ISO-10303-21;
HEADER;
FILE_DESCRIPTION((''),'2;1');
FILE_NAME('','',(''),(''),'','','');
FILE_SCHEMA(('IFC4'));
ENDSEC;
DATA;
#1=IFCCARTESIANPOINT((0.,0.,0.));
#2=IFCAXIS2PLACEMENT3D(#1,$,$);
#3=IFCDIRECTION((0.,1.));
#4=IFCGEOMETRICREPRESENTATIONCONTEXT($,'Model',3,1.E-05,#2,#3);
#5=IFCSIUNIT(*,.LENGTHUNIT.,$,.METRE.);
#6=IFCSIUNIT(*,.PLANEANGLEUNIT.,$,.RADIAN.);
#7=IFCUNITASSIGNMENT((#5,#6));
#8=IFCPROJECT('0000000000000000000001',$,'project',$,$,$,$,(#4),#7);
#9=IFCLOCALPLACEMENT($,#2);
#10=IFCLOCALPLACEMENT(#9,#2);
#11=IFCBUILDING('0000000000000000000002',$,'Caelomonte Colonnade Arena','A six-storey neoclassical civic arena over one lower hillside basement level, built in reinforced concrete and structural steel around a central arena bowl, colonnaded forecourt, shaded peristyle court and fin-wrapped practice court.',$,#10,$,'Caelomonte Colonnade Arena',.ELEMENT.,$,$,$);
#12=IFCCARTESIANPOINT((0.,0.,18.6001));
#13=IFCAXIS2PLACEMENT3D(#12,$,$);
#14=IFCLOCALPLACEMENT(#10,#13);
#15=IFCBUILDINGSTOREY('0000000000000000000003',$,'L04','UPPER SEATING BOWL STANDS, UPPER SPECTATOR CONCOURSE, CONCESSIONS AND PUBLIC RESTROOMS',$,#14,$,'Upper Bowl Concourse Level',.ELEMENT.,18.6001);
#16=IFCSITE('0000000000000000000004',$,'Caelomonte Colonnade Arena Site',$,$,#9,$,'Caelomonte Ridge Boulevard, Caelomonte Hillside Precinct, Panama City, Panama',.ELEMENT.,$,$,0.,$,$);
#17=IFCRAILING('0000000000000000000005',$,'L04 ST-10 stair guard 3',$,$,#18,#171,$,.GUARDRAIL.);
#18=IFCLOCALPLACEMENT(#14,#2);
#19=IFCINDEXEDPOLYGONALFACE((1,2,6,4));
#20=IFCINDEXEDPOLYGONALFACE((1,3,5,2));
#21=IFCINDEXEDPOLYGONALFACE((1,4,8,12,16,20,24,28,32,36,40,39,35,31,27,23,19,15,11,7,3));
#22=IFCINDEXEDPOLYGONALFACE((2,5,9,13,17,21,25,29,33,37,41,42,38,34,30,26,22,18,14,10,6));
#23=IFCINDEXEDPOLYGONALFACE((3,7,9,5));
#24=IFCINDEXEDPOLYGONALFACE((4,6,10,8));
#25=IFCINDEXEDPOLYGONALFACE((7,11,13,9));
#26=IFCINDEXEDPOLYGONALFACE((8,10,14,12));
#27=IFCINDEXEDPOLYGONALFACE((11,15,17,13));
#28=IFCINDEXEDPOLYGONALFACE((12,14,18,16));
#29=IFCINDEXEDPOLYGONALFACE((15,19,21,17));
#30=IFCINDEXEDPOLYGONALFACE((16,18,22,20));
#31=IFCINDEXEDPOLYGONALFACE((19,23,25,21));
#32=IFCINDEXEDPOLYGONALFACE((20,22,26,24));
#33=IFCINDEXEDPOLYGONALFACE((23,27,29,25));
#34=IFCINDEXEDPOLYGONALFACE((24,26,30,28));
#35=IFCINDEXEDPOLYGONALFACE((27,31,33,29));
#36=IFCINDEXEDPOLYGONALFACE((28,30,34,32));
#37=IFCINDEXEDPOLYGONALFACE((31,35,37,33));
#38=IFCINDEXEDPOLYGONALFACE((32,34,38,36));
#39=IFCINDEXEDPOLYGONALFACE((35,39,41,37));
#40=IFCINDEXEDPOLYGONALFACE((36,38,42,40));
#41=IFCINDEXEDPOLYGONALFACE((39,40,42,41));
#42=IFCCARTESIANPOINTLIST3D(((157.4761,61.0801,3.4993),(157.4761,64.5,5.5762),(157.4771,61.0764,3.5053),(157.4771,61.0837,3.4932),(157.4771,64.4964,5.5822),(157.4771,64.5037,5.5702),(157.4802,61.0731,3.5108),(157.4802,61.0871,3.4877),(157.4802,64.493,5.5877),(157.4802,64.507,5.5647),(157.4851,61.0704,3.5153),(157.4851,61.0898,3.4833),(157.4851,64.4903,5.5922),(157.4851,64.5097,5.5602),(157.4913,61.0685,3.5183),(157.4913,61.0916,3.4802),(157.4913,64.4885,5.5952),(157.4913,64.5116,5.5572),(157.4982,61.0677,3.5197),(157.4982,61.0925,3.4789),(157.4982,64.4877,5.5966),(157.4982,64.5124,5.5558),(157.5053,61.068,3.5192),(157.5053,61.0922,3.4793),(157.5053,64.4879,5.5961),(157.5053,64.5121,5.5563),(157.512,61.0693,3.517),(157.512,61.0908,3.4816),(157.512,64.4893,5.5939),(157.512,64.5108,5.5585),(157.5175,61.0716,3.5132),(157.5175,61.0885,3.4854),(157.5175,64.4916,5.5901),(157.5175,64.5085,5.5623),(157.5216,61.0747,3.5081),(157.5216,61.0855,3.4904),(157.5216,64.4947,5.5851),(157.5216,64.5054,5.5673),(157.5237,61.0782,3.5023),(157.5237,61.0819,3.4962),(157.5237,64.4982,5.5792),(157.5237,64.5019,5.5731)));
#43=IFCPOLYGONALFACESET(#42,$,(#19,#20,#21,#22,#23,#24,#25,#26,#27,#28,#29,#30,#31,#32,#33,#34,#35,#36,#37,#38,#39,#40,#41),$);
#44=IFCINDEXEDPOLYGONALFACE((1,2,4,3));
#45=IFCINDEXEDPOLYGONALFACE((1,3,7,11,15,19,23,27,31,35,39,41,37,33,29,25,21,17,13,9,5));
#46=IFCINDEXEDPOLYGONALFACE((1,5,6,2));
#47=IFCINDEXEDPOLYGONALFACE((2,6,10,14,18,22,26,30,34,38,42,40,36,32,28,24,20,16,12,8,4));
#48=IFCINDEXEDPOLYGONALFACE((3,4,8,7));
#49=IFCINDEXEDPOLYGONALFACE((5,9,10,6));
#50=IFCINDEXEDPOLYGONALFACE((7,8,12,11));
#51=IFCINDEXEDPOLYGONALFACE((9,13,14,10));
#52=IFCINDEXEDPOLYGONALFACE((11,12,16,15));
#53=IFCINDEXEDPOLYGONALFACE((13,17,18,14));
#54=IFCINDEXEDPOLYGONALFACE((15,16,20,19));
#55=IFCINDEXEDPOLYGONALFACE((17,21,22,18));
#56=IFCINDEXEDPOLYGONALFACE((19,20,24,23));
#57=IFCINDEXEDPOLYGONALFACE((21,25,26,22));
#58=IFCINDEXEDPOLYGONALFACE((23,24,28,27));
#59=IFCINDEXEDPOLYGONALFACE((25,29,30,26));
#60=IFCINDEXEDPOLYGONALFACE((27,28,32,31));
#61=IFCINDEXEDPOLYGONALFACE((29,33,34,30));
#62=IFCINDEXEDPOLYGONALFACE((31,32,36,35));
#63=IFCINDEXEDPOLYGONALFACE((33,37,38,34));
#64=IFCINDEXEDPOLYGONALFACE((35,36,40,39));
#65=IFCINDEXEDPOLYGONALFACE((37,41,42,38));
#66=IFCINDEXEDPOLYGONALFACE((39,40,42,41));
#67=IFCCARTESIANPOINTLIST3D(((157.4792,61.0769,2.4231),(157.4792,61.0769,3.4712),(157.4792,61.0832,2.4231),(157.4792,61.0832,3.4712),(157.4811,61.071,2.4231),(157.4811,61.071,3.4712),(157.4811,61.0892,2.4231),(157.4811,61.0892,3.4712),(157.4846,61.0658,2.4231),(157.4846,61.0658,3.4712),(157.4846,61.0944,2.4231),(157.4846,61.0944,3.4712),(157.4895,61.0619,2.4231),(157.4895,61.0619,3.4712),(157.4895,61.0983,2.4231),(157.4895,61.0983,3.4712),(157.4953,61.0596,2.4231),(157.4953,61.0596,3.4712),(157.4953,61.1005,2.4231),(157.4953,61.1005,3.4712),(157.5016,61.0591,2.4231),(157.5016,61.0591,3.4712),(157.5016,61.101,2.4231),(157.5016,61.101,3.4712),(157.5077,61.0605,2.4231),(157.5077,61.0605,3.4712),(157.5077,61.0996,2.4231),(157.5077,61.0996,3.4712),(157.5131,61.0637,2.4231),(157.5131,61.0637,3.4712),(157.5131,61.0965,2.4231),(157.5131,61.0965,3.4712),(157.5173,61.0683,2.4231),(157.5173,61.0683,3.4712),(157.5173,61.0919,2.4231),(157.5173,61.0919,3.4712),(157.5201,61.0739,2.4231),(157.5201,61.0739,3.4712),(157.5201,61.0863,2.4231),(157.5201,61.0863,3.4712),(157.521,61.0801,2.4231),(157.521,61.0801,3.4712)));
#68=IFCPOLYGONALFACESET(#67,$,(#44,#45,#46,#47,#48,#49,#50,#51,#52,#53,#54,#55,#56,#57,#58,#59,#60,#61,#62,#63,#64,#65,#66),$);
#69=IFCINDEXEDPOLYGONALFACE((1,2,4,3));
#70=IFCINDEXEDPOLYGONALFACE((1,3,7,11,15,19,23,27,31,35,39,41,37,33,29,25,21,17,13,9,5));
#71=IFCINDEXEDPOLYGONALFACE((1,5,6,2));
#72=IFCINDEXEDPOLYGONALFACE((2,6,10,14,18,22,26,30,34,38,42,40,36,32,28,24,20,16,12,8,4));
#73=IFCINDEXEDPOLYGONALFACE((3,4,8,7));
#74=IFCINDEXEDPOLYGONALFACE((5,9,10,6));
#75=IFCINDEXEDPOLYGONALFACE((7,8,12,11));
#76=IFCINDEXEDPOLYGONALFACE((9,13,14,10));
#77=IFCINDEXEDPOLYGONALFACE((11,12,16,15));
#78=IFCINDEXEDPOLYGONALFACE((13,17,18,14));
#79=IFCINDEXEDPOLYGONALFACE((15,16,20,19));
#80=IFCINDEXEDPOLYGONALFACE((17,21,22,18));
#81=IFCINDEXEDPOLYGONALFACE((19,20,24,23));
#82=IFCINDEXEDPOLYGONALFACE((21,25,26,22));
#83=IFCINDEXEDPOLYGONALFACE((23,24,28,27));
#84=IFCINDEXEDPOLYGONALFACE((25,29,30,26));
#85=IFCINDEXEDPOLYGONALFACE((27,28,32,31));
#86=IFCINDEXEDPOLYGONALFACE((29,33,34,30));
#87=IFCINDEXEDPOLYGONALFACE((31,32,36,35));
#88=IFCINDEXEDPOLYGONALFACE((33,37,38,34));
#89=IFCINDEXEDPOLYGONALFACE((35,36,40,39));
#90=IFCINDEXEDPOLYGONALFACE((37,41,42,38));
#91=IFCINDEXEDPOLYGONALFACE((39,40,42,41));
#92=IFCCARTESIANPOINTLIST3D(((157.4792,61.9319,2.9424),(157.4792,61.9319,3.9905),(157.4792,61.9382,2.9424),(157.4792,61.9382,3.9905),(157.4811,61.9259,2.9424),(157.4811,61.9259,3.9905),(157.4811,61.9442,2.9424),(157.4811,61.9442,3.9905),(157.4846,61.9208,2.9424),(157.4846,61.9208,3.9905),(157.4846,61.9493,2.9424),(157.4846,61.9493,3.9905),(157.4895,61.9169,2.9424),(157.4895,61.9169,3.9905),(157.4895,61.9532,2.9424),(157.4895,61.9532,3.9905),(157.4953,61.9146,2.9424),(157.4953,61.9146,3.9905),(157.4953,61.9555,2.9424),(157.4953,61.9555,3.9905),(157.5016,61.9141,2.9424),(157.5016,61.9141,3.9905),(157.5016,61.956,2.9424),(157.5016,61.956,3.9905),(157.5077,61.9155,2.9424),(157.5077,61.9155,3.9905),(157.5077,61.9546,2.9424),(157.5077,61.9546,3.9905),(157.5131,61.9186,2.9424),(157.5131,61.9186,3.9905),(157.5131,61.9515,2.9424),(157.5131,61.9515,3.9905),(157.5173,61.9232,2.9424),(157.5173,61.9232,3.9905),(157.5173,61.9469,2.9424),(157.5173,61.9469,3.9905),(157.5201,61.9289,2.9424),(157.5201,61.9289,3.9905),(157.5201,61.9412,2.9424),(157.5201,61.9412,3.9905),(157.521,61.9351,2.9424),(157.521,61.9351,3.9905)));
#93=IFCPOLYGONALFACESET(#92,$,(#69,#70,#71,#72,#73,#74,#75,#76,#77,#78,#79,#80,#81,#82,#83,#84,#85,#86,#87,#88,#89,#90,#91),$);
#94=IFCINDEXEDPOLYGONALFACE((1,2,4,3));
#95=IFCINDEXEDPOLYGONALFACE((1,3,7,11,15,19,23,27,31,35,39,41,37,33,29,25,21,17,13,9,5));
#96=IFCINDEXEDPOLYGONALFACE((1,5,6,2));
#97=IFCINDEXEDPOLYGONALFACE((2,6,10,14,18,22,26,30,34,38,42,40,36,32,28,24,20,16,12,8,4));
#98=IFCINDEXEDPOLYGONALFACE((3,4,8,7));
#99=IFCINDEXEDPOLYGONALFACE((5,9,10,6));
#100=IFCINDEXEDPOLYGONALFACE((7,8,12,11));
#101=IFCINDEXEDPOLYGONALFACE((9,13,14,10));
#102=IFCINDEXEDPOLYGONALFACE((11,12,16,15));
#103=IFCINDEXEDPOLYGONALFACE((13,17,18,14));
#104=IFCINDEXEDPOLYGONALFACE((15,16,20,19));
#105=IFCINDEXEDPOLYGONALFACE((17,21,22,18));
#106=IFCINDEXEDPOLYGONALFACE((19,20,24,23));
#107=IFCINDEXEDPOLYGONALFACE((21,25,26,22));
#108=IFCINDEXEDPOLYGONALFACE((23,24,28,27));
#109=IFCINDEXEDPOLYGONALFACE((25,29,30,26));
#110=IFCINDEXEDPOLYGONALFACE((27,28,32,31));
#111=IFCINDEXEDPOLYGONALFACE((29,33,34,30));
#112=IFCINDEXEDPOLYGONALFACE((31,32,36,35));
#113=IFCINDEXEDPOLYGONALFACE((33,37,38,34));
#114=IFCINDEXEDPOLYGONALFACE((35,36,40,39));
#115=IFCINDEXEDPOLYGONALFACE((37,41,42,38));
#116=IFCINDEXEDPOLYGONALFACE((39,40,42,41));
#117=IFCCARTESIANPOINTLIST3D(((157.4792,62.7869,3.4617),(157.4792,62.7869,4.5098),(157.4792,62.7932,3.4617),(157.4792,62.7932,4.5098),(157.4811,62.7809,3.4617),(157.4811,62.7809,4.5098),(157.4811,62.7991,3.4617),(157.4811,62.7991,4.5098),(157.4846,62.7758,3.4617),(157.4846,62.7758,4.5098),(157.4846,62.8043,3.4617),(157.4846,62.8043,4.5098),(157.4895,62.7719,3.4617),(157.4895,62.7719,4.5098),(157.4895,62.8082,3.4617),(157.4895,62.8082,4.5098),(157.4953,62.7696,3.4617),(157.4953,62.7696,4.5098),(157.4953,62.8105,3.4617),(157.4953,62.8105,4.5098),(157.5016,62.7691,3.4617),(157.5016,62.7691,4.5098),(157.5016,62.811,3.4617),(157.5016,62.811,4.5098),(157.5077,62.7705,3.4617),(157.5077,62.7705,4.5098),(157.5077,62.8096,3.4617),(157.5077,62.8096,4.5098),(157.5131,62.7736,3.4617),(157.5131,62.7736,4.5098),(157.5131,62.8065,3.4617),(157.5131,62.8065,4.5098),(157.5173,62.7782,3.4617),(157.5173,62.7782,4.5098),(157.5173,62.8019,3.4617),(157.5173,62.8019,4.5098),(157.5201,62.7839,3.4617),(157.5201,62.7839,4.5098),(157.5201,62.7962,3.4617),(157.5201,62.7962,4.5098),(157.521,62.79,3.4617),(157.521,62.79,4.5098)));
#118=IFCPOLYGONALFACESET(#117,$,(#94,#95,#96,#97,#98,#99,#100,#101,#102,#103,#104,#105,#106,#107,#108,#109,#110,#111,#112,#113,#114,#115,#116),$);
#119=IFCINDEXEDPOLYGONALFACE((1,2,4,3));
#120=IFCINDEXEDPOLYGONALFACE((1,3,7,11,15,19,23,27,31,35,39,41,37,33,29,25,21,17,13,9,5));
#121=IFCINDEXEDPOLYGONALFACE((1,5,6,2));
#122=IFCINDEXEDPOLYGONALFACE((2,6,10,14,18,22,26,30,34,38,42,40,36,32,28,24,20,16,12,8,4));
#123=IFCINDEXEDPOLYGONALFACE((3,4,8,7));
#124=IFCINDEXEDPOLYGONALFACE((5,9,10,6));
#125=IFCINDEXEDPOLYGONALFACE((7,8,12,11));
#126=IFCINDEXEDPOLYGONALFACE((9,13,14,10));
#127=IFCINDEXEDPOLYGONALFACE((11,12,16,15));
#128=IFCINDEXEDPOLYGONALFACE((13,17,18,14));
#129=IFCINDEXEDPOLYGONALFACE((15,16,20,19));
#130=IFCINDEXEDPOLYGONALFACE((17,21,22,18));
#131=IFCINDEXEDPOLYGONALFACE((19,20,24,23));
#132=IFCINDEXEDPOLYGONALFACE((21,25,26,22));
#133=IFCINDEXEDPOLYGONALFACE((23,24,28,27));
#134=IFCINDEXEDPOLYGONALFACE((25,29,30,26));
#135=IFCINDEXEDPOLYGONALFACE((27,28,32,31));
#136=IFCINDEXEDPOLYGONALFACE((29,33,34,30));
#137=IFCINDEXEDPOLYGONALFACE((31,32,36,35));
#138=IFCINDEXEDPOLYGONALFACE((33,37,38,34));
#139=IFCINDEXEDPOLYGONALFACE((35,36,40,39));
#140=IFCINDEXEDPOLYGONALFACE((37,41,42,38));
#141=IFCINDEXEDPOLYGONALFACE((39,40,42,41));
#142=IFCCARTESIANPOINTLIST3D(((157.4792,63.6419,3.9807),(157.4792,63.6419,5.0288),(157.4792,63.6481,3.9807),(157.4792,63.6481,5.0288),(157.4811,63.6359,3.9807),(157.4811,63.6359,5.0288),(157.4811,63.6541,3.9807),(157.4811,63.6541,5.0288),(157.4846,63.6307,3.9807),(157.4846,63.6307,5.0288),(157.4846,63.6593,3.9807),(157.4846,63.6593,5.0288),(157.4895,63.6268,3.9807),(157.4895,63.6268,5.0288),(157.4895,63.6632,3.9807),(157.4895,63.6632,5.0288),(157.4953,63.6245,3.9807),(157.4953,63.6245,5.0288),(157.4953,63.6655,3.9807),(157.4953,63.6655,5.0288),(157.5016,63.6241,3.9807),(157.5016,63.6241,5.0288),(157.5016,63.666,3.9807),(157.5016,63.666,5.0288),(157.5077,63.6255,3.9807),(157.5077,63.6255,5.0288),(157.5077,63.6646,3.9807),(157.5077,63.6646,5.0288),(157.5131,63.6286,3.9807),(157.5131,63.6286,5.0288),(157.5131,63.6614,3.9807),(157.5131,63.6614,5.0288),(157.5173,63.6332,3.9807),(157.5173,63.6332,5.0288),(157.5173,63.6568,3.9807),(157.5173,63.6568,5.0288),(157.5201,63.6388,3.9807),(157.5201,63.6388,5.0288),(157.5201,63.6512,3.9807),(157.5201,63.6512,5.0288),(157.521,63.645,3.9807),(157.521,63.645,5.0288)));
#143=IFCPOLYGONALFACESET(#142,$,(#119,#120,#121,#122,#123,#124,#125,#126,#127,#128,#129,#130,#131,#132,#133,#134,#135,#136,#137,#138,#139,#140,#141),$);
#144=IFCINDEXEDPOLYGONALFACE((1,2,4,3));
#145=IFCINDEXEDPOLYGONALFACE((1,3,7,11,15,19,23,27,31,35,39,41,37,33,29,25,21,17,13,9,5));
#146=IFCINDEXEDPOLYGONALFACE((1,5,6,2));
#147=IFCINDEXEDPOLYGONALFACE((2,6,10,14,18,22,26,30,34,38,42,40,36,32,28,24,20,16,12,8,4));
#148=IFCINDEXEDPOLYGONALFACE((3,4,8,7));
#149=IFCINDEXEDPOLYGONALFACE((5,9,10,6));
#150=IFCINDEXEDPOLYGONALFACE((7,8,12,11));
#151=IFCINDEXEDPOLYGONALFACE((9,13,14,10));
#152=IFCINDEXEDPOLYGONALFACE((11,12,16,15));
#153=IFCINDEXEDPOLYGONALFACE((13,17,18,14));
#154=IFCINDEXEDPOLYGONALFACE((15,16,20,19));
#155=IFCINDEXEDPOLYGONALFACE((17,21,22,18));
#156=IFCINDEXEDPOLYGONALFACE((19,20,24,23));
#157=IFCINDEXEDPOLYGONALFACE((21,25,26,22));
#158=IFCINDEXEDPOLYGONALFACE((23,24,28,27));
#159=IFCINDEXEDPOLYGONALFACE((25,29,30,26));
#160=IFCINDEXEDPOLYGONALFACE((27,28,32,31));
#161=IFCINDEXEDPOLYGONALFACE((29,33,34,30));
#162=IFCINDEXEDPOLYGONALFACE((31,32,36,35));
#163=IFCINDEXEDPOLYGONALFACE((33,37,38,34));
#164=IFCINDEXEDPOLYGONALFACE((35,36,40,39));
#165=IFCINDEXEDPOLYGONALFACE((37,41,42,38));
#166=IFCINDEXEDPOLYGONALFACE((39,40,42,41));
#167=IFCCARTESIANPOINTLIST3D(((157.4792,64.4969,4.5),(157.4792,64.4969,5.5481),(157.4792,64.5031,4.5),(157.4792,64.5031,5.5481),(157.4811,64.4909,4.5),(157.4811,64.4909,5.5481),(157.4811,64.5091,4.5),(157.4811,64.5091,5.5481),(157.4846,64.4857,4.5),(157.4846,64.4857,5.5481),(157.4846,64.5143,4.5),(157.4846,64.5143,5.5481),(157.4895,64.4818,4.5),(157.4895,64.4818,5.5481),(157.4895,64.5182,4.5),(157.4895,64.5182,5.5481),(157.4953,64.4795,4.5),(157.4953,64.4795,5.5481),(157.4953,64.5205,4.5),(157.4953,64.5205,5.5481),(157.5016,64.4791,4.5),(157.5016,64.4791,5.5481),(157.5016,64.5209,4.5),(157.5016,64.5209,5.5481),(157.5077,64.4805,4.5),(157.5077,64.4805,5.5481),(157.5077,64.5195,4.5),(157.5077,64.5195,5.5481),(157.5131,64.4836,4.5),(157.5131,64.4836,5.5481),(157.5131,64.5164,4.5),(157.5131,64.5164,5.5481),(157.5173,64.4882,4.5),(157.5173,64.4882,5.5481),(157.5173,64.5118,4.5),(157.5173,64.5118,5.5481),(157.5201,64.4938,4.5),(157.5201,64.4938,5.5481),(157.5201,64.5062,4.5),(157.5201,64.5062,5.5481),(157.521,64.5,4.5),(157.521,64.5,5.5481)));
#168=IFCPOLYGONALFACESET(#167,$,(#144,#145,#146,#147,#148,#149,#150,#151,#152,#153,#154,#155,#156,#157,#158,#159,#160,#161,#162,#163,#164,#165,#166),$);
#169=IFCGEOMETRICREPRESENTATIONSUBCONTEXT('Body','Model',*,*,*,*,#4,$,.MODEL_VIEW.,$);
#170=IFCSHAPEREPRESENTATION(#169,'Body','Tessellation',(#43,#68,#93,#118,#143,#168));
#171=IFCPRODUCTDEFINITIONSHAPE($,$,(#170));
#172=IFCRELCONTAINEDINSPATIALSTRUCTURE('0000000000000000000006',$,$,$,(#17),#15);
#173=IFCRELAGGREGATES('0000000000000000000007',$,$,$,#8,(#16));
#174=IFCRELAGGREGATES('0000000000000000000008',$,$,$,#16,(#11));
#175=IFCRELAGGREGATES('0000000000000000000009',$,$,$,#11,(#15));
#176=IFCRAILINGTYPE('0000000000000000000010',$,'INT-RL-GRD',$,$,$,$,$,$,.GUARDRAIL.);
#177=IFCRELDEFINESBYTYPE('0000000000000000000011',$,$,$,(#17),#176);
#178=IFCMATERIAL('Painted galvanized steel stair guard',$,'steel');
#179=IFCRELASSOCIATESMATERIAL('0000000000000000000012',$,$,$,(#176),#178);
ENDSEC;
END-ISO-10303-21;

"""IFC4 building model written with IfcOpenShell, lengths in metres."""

from ifc_helpers import new_model, si_unit, direction, frame, origin, origin_2d, place, context, subcontext, project, spatial, circle, extrude, material, type_object, element, save


model = new_model("IFC4")

# Units and contexts
model_context = context("Model", 3, precision=1e-05, world=origin(), true_north=direction((0.0, 1.0)))
body_context = subcontext(model_context, "Body", "Model", "MODEL_VIEW")
ifc_project = project(units=[si_unit("LENGTHUNIT", "METRE"), si_unit("PLANEANGLEUNIT", "RADIAN")], contexts=[model_context])

# Site, building, storey
site_placement = place(None, origin())
site = spatial("IfcSite", under=ifc_project, at=site_placement, Name="Caelomonte Colonnade Arena Site", LongName="Caelomonte Ridge Boulevard, Caelomonte Hillside Precinct, Panama City, Panama", CompositionType="ELEMENT", RefElevation=0.0)
building_placement = place(site_placement, origin())
building = spatial("IfcBuilding", under=site, at=building_placement, Name="Caelomonte Colonnade Arena", Description="A six-storey neoclassical civic arena over one lower hillside basement level, built in reinforced concrete and structural steel around a central arena bowl, colonnaded forecourt, shaded peristyle court and fin-wrapped practice court.", LongName="Caelomonte Colonnade Arena", CompositionType="ELEMENT")
storey_placement = place(building_placement, frame((0.0, 0.0, 18.6001)))
storey = spatial("IfcBuildingStorey", under=building, at=storey_placement, Name="L04", Description="UPPER SEATING BOWL STANDS, UPPER SPECTATOR CONCOURSE, CONCESSIONS AND PUBLIC RESTROOMS", LongName="Upper Bowl Concourse Level", CompositionType="ELEMENT", Elevation=18.6001)

# Railing
ifc_material_1 = material(Name="Painted galvanized steel stair guard", Category="steel")
railing_type_1 = type_object("IfcRailingType", Name="INT-RL-GRD", PredefinedType="GUARDRAIL", material=ifc_material_1)
railing_1_placement = place(storey_placement, frame((157.5, 61.0801, 2.4231)))
element("IfcRailing", 1, at=railing_1_placement, inside=storey, type_object=railing_type_1, Name="L04 ST-10 stair guard 3", PredefinedType="GUARDRAIL", context=body_context, shape_type="SweptSolid", body=[
    extrude(circle(Radius=0.0239, at=origin_2d()), frame((0.0, 0.0, 1.0762), z_axis=(0.0, 0.85473, 0.519074), x_axis=(-1.0, 0.0, 0.0)), (0.0, 0.0, 1.0), 4.0012),
    extrude(circle(Radius=0.021, at=origin_2d()), origin(), (0.0, 0.0, 1.0), 1.0481),
    extrude(circle(Radius=0.021, at=origin_2d()), frame((0.0, 0.855, 0.5193)), (0.0, 0.0, 1.0), 1.0481),
    extrude(circle(Radius=0.021, at=origin_2d()), frame((0.0, 1.71, 1.0386)), (0.0, 0.0, 1.0), 1.0481),
    extrude(circle(Radius=0.021, at=origin_2d()), frame((0.0, 2.5649, 1.5576)), (0.0, 0.0, 1.0), 1.0481),
    extrude(circle(Radius=0.021, at=origin_2d()), frame((0.0, 3.4199, 2.0769)), (0.0, 0.0, 1.0), 1.0481),
])

save(model, "model.ifc")
